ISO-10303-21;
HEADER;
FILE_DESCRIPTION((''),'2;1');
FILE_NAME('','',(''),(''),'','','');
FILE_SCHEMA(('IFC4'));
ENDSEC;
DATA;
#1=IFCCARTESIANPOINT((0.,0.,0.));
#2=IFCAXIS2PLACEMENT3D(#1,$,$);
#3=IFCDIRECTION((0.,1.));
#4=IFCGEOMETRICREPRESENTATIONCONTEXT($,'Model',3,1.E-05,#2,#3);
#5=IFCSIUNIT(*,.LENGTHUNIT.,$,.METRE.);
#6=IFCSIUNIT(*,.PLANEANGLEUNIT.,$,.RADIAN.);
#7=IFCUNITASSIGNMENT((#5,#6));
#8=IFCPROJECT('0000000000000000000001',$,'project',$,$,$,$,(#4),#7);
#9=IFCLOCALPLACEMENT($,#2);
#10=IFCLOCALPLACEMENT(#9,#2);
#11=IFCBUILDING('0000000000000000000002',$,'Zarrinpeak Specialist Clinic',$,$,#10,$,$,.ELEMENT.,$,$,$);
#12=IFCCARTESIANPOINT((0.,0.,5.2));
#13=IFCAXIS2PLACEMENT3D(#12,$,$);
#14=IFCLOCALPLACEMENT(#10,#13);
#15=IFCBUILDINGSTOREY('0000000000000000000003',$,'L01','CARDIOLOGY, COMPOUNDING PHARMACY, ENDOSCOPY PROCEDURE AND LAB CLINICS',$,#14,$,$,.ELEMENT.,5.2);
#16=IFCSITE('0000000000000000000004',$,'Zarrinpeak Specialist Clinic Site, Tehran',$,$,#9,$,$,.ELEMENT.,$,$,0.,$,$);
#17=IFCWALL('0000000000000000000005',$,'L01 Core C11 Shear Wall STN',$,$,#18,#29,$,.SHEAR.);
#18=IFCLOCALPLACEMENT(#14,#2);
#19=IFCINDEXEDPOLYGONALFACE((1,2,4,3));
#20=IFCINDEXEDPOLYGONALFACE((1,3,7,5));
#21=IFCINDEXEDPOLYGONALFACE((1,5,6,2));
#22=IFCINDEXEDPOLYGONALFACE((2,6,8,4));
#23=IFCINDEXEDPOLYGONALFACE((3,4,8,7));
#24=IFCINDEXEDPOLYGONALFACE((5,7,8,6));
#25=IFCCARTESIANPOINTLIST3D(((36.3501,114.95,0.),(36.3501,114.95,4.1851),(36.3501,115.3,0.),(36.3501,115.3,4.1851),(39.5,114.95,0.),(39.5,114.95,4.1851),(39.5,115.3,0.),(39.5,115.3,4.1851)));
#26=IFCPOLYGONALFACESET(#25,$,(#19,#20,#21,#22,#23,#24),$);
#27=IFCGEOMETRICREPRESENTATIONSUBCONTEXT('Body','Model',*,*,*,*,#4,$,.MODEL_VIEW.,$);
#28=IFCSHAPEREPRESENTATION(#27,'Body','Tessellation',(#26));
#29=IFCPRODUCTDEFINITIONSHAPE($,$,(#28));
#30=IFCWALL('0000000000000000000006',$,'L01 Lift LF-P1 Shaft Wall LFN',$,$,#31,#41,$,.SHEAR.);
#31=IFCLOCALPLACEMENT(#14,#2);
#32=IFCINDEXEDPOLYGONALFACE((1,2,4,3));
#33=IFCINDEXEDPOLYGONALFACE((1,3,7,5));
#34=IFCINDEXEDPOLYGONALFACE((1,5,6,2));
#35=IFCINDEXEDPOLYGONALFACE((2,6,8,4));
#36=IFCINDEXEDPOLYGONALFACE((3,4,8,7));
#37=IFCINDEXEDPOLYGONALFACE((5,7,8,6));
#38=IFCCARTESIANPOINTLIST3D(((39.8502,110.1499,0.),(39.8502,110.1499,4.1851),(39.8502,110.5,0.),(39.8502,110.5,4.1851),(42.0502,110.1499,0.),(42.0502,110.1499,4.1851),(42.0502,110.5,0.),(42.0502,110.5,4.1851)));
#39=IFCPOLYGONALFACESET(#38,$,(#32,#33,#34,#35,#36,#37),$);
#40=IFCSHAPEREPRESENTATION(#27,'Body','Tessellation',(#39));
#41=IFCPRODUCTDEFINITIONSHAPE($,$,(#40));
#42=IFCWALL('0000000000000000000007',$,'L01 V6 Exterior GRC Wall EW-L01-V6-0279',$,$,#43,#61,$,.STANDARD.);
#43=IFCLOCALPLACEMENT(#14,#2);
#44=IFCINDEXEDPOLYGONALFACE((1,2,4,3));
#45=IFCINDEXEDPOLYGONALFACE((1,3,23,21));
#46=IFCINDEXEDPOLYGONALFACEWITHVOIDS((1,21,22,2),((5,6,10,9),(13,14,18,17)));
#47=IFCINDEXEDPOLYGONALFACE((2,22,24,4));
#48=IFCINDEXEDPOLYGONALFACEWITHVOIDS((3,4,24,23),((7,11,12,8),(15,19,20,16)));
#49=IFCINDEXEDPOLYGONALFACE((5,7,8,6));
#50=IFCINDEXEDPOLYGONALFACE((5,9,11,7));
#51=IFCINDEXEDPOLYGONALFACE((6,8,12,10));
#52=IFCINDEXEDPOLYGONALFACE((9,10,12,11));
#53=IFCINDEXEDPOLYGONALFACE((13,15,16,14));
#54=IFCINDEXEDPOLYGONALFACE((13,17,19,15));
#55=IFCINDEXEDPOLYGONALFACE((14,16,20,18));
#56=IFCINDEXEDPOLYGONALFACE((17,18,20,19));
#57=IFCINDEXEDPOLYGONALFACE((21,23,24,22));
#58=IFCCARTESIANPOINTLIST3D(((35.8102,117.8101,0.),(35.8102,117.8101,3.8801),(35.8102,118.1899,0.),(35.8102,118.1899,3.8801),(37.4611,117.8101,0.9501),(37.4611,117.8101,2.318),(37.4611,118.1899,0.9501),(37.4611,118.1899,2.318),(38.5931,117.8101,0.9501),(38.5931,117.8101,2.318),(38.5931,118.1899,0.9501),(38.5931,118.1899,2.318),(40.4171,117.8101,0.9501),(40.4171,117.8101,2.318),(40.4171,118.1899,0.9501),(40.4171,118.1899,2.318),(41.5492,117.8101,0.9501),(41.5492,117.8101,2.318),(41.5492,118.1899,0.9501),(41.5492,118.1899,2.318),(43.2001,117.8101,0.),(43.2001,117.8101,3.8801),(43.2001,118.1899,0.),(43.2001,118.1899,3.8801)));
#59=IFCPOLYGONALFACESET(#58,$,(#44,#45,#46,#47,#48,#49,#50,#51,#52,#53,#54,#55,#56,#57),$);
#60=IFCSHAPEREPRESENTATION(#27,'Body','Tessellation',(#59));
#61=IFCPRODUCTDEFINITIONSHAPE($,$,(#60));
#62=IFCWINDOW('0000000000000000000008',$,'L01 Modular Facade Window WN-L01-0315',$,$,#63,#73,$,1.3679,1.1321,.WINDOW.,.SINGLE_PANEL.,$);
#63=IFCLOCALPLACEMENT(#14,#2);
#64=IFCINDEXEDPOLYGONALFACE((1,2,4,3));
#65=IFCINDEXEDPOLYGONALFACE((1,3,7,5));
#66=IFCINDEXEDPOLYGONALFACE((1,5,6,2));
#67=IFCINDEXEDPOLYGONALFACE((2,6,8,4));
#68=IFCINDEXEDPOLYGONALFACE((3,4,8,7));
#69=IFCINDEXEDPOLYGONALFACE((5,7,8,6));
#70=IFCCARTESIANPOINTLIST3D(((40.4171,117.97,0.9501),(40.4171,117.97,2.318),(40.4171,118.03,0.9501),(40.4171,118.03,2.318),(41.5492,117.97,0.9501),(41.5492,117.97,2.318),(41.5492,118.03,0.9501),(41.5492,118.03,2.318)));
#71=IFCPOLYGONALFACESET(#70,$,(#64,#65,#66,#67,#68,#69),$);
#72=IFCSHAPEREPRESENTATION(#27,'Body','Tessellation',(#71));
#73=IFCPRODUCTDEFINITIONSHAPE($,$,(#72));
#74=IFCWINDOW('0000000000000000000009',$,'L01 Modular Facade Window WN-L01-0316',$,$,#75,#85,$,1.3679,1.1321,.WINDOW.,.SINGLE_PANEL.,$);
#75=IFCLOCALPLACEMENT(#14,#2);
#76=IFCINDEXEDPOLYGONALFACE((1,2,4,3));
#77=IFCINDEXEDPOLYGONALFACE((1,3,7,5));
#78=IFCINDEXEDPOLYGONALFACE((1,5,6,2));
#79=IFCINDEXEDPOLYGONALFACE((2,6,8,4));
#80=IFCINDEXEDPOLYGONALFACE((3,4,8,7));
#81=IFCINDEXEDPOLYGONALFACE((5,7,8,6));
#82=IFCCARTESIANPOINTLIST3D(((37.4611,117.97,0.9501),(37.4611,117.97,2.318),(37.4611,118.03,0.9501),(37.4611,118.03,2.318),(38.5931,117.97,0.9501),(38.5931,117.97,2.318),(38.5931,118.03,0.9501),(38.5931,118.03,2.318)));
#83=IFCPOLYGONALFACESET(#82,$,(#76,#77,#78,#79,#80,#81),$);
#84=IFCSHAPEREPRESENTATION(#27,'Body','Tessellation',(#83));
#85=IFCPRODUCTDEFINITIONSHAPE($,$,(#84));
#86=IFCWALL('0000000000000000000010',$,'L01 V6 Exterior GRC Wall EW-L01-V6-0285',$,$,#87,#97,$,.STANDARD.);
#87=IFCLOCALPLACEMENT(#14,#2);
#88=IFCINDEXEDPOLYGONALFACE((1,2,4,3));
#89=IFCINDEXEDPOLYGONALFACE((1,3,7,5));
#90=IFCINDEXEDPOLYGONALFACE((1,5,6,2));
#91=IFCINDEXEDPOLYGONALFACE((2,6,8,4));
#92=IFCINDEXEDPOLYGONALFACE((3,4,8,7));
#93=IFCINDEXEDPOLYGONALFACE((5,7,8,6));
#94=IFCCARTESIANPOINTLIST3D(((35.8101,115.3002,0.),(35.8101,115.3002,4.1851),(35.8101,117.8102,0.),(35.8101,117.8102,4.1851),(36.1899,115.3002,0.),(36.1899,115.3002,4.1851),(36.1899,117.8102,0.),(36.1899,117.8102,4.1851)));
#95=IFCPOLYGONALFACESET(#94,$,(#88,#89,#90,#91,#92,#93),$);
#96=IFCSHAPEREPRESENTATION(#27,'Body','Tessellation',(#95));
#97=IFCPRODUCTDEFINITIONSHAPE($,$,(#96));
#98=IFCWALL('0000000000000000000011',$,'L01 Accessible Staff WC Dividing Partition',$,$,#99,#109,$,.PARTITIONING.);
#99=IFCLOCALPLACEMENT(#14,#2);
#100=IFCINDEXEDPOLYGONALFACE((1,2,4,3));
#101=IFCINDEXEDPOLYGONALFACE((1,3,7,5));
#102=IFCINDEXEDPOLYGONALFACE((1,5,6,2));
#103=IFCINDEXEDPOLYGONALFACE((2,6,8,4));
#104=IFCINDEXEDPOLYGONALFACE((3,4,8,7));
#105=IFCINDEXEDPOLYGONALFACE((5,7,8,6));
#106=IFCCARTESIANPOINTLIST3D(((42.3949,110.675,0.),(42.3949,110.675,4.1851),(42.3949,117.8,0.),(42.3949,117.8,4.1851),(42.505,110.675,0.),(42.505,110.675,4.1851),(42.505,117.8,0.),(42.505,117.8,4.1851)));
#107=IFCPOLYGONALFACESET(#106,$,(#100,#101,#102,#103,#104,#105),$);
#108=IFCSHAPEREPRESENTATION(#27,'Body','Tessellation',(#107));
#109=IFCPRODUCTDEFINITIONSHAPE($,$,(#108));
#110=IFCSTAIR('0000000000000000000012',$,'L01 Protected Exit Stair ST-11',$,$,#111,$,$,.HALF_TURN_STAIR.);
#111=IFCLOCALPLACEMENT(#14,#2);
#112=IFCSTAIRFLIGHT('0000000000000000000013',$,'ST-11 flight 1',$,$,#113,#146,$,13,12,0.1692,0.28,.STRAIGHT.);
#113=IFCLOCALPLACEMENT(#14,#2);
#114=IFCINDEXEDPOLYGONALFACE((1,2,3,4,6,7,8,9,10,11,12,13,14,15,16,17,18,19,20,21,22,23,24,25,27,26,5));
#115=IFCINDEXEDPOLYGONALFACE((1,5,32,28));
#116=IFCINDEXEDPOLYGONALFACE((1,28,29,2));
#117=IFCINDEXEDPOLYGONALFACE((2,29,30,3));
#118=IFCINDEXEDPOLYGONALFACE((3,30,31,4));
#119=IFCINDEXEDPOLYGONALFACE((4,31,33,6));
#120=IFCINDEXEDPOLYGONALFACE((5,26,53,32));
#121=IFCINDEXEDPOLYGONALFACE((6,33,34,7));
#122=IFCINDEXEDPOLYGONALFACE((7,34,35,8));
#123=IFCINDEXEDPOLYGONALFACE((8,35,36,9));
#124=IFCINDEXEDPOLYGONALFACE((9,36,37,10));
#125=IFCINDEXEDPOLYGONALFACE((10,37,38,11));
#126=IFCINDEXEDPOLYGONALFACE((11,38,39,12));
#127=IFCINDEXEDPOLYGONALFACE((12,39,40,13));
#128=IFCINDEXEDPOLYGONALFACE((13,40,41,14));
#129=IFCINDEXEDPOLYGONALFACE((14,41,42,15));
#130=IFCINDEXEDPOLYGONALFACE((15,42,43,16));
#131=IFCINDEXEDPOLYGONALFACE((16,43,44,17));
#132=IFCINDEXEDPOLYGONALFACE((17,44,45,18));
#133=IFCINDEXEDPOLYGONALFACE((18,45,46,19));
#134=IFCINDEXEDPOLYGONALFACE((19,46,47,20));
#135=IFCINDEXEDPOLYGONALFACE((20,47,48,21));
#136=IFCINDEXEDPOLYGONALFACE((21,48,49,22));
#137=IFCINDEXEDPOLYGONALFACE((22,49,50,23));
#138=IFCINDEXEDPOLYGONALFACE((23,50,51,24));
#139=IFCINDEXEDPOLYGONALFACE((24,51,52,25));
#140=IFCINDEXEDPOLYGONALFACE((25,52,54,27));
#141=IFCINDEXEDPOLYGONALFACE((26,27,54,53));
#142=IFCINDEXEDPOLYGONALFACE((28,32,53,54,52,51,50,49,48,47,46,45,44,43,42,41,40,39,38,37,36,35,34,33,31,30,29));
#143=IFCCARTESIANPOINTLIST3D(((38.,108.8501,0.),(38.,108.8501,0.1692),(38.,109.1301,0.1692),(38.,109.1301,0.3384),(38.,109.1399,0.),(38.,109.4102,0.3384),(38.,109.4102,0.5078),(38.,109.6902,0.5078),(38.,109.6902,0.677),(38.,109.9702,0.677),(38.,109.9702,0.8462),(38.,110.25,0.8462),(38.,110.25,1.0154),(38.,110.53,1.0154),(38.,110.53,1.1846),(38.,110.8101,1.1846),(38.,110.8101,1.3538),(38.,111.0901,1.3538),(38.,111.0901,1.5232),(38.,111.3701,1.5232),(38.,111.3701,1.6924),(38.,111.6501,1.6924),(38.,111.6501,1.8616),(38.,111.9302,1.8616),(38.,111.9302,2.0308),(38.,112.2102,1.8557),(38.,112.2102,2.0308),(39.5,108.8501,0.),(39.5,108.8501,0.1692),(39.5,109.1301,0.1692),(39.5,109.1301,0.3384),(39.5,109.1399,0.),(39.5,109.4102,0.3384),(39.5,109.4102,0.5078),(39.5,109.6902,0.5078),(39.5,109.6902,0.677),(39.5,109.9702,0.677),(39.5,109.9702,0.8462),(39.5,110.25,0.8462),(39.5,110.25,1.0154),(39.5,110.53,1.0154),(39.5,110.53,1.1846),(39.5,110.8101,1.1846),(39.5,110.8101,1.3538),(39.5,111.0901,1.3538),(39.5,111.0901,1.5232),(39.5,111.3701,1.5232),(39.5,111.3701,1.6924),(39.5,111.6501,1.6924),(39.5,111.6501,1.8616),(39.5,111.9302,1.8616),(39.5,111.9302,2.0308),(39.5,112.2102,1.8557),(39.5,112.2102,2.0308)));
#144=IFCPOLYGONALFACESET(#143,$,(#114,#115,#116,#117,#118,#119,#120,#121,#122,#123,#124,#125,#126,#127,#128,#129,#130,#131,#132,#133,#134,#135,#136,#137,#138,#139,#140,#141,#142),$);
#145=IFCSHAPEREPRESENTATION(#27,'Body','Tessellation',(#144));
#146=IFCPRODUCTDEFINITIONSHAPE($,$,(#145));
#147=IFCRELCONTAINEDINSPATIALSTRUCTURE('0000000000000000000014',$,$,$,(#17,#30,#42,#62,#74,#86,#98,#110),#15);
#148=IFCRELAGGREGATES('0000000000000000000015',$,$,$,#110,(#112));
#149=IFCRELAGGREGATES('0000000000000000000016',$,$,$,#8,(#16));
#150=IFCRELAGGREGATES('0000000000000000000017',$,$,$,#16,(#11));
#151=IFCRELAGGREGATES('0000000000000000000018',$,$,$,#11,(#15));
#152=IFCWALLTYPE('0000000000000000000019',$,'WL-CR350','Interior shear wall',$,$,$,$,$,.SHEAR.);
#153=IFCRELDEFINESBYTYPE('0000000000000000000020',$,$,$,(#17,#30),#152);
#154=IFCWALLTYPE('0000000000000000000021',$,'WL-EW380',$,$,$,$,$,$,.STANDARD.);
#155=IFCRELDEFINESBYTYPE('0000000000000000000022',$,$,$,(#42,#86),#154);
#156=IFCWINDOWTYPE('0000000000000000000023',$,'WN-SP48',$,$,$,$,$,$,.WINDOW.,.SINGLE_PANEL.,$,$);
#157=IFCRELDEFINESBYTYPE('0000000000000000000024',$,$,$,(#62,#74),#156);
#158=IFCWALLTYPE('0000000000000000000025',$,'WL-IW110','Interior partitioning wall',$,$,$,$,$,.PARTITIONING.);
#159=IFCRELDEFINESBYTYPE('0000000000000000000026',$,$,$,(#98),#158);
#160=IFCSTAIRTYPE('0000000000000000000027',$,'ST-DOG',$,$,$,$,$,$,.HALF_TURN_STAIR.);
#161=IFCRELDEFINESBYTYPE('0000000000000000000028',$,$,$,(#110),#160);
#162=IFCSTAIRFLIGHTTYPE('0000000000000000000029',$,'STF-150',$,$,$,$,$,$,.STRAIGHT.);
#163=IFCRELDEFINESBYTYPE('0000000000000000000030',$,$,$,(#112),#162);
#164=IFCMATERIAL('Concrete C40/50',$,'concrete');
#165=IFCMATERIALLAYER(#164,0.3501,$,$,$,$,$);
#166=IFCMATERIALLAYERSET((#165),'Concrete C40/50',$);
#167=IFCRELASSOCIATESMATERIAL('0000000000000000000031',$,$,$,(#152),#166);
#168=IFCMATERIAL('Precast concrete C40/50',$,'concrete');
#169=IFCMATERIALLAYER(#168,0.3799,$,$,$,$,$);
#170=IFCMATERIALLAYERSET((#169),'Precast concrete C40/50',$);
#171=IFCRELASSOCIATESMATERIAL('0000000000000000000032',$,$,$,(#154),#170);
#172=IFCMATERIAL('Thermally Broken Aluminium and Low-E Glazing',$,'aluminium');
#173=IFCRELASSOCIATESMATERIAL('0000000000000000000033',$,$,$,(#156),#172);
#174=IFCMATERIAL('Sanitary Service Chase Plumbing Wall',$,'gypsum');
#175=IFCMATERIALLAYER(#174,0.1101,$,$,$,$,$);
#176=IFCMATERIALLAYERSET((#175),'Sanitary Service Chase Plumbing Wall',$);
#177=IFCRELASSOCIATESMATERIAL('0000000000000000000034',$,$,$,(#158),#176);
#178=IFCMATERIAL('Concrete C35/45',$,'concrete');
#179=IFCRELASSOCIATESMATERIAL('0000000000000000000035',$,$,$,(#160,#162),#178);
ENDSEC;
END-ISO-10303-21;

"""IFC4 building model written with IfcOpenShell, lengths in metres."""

from ifc_helpers import new_model, si_unit, direction, frame, frame_2d, origin, place, context, subcontext, project, spatial, polyline, rectangle, outline, extrude, material, layer, layer_set, type_object, element, fill, aggregate, save


model = new_model("IFC4")

# Units and contexts
model_context = context("Model", 3, precision=1e-05, world=origin(), true_north=direction((0.0, 1.0)))
body_context = subcontext(model_context, "Body", "Model", "MODEL_VIEW")
ifc_project = project(units=[si_unit("LENGTHUNIT", "METRE"), si_unit("PLANEANGLEUNIT", "RADIAN")], contexts=[model_context])

# Site, building, storey
site_placement = place(None, origin())
site = spatial("IfcSite", under=ifc_project, at=site_placement, Name="Zarrinpeak Specialist Clinic Site, Tehran", CompositionType="ELEMENT", RefElevation=0.0)
building_placement = place(site_placement, origin())
building = spatial("IfcBuilding", under=site, at=building_placement, Name="Zarrinpeak Specialist Clinic", CompositionType="ELEMENT")
storey_placement = place(building_placement, frame((0.0, 0.0, 5.2)))
storey = spatial("IfcBuildingStorey", under=building, at=storey_placement, Name="L01", Description="CARDIOLOGY, COMPOUNDING PHARMACY, ENDOSCOPY PROCEDURE AND LAB CLINICS", CompositionType="ELEMENT", Elevation=5.2)

# Walls
ifc_material_1 = material(Name="Concrete C40/50", Category="concrete")
ifc_layer_1 = layer(ifc_material_1, 0.3501)
ifc_layer_set_1 = layer_set([ifc_layer_1], Name="Concrete C40/50")
wall_type_1 = type_object("IfcWallType", Name="WL-CR350", Description="Interior shear wall", PredefinedType="SHEAR", material=ifc_layer_set_1)
wall_1_placement = place(storey_placement, frame((36.3501, 115.125, 0.0), z_axis=(0.0, 0.0, 1.0), x_axis=(1.0, 0.0, 0.0)))
element("IfcWall", 1, at=wall_1_placement, inside=storey, type_object=wall_type_1, Name="L01 Core C11 Shear Wall STN", PredefinedType="SHEAR", context=body_context, shape_type="SweptSolid", body=[
    extrude(rectangle(XDim=3.1499, YDim=0.3501, at=frame_2d((1.575, 0.0))), origin(), (0.0, 0.0, 1.0), 4.1851),
])
wall_2_placement = place(storey_placement, frame((39.8501, 110.325, 0.0), z_axis=(0.0, 0.0, 1.0), x_axis=(1.0, 0.0, 0.0)))
element("IfcWall", 2, at=wall_2_placement, inside=storey, type_object=wall_type_1, Name="L01 Lift LF-P1 Shaft Wall LFN", PredefinedType="SHEAR", context=body_context, shape_type="SweptSolid", body=[
    extrude(rectangle(XDim=2.2, YDim=0.3501, at=frame_2d((1.1001, 0.0))), origin(), (0.0, 0.0, 1.0), 4.1851),
])

# Wall, openings, windows
ifc_material_2 = material(Name="Precast concrete C40/50", Category="concrete")
ifc_layer_2 = layer(ifc_material_2, 0.3799)
ifc_layer_set_2 = layer_set([ifc_layer_2], Name="Precast concrete C40/50")
wall_type_2 = type_object("IfcWallType", Name="WL-EW380", PredefinedType="STANDARD", material=ifc_layer_set_2)
wall_3_placement = place(storey_placement, frame((43.2, 118.0, 0.0), z_axis=(0.0, 0.0, 1.0), x_axis=(-1.0, 0.0, 0.0)))
wall_3 = element("IfcWall", 3, at=wall_3_placement, inside=storey, type_object=wall_type_2, Name="L01 V6 Exterior GRC Wall EW-L01-V6-0279", PredefinedType="STANDARD", context=body_context, shape_type="SweptSolid", body=[
    extrude(rectangle(XDim=7.3899, YDim=0.3799, at=frame_2d((3.6948, 0.0))), origin(), (0.0, 0.0, 1.0), 3.8801),
])
opening_1_placement = place(wall_3_placement, frame((1.6509, 0.0, 0.95)))
opening_1 = element("IfcOpeningElement", 4, at=opening_1_placement, cuts=wall_3, PredefinedType="OPENING", context=body_context, shape_type="SweptSolid", body=[
    extrude(rectangle(XDim=1.1321, YDim=1.3679, at=frame_2d((0.5659, 0.6841))), frame((0.0, 0.2, 0.0), z_axis=(0.0, -1.0, 0.0), x_axis=(1.0, 0.0, 0.0)), (0.0, 0.0, 1.0), 0.3999),
])
opening_2_placement = place(wall_3_placement, frame((4.6069, 0.0, 0.95)))
opening_2 = element("IfcOpeningElement", 5, at=opening_2_placement, cuts=wall_3, PredefinedType="OPENING", context=body_context, shape_type="SweptSolid", body=[
    extrude(rectangle(XDim=1.1321, YDim=1.3679, at=frame_2d((0.5659, 0.6841))), frame((0.0, 0.2, 0.0), z_axis=(0.0, -1.0, 0.0), x_axis=(1.0, 0.0, 0.0)), (0.0, 0.0, 1.0), 0.3999),
])
ifc_material_3 = material(Name="Thermally Broken Aluminium and Low-E Glazing", Category="aluminium")
window_type = type_object("IfcWindowType", Name="WN-SP48", PartitioningType="SINGLE_PANEL", PredefinedType="WINDOW", material=ifc_material_3)
window_1_placement = place(opening_1_placement, origin())
window_1 = element("IfcWindow", 6, at=window_1_placement, inside=storey, type_object=window_type, Name="L01 Modular Facade Window WN-L01-0315", OverallHeight=1.3679, OverallWidth=1.1321, PartitioningType="SINGLE_PANEL", PredefinedType="WINDOW", context=body_context, shape_type="SweptSolid", body=[
    extrude(rectangle(XDim=1.1321, YDim=1.3679, at=frame_2d((0.5659, 0.6841))), frame((0.0, 0.03, 0.0), z_axis=(0.0, -1.0, 0.0), x_axis=(1.0, 0.0, 0.0)), (0.0, 0.0, 1.0), 0.0601),
])
fill(opening_1, window_1)
window_2_placement = place(opening_2_placement, origin())
window_2 = element("IfcWindow", 7, at=window_2_placement, inside=storey, type_object=window_type, Name="L01 Modular Facade Window WN-L01-0316", OverallHeight=1.3679, OverallWidth=1.1321, PartitioningType="SINGLE_PANEL", PredefinedType="WINDOW", context=body_context, shape_type="SweptSolid", body=[
    extrude(rectangle(XDim=1.1321, YDim=1.3679, at=frame_2d((0.5659, 0.6841))), frame((0.0, 0.03, 0.0), z_axis=(0.0, -1.0, 0.0), x_axis=(1.0, 0.0, 0.0)), (0.0, 0.0, 1.0), 0.0601),
])
fill(opening_2, window_2)

# Walls
wall_4_placement = place(storey_placement, frame((36.0, 117.8101, 0.0), z_axis=(0.0, 0.0, 1.0), x_axis=(0.0, -1.0, 0.0)))
element("IfcWall", 8, at=wall_4_placement, inside=storey, type_object=wall_type_2, Name="L01 V6 Exterior GRC Wall EW-L01-V6-0285", PredefinedType="STANDARD", context=body_context, shape_type="SweptSolid", body=[
    extrude(rectangle(XDim=2.51, YDim=0.3799, at=frame_2d((1.2549, 0.0))), origin(), (0.0, 0.0, 1.0), 4.1851),
])
ifc_material_4 = material(Name="Sanitary Service Chase Plumbing Wall", Category="gypsum")
ifc_layer_3 = layer(ifc_material_4, 0.1101)
ifc_layer_set_3 = layer_set([ifc_layer_3], Name="Sanitary Service Chase Plumbing Wall")
wall_type_3 = type_object("IfcWallType", Name="WL-IW110", Description="Interior partitioning wall", PredefinedType="PARTITIONING", material=ifc_layer_set_3)
wall_5_placement = place(storey_placement, frame((42.45, 110.675, 0.0), z_axis=(0.0, 0.0, 1.0), x_axis=(0.0, 1.0, 0.0)))
element("IfcWall", 9, at=wall_5_placement, inside=storey, type_object=wall_type_3, Name="L01 Accessible Staff WC Dividing Partition", PredefinedType="PARTITIONING", context=body_context, shape_type="SweptSolid", body=[
    extrude(rectangle(XDim=7.125, YDim=0.1101, at=frame_2d((3.5625, 0.0))), origin(), (0.0, 0.0, 1.0), 4.1851),
])

# Stair, stair flight
ifc_material_5 = material(Name="Concrete C35/45", Category="concrete")
stair_type = type_object("IfcStairType", Name="ST-DOG", PredefinedType="HALF_TURN_STAIR", material=ifc_material_5)
stair_placement = place(storey_placement, origin())
stair = element("IfcStair", 10, at=stair_placement, inside=storey, type_object=stair_type, Name="L01 Protected Exit Stair ST-11", PredefinedType="HALF_TURN_STAIR")
stair_flight_type = type_object("IfcStairFlightType", Name="STF-150", PredefinedType="STRAIGHT", material=ifc_material_5)
stair_flight_1_placement = place(storey_placement, frame((38.75, 108.8501, 0.0), z_axis=(0.0, 0.0, 1.0), x_axis=(0.0, 1.0, 0.0)))
stair_flight_1 = element("IfcStairFlight", 11, at=stair_flight_1_placement, type_object=stair_flight_type, Name="ST-11 flight 1", NumberOfRisers=13, NumberOfTreads=12, PredefinedType="STRAIGHT", RiserHeight=0.1692, TreadLength=0.28, context=body_context, shape_type="SweptSolid", body=[
    extrude(outline(polyline([(0.0, 0.0), (0.0, 0.1692), (0.28, 0.1692), (0.28, 0.3384), (0.5601, 0.3384), (0.5601, 0.5078), (0.8401, 0.5078), (0.8401, 0.677), (1.1201, 0.677), (1.1201, 0.8462), (1.3999, 0.8462), (1.3999, 1.0154), (1.6799, 1.0154), (1.6799, 1.1846), (1.96, 1.1846), (1.96, 1.3538), (2.24, 1.3538), (2.24, 1.5232), (2.52, 1.5232), (2.52, 1.6924), (2.8, 1.6924), (2.8, 1.8616), (3.0801, 1.8616), (3.0801, 2.0308), (3.3601, 2.0308), (3.3601, 2.2), (3.3601, 1.8557), (0.2898, 0.0), (0.0, 0.0)])), frame((0.0, 0.75, 0.0), z_axis=(0.0, -1.0, 0.0), x_axis=(1.0, 0.0, 0.0)), (0.0, 0.0, 1.0), 1.5),
])
aggregate(stair, [stair_flight_1])

save(model, "model.ifc")
